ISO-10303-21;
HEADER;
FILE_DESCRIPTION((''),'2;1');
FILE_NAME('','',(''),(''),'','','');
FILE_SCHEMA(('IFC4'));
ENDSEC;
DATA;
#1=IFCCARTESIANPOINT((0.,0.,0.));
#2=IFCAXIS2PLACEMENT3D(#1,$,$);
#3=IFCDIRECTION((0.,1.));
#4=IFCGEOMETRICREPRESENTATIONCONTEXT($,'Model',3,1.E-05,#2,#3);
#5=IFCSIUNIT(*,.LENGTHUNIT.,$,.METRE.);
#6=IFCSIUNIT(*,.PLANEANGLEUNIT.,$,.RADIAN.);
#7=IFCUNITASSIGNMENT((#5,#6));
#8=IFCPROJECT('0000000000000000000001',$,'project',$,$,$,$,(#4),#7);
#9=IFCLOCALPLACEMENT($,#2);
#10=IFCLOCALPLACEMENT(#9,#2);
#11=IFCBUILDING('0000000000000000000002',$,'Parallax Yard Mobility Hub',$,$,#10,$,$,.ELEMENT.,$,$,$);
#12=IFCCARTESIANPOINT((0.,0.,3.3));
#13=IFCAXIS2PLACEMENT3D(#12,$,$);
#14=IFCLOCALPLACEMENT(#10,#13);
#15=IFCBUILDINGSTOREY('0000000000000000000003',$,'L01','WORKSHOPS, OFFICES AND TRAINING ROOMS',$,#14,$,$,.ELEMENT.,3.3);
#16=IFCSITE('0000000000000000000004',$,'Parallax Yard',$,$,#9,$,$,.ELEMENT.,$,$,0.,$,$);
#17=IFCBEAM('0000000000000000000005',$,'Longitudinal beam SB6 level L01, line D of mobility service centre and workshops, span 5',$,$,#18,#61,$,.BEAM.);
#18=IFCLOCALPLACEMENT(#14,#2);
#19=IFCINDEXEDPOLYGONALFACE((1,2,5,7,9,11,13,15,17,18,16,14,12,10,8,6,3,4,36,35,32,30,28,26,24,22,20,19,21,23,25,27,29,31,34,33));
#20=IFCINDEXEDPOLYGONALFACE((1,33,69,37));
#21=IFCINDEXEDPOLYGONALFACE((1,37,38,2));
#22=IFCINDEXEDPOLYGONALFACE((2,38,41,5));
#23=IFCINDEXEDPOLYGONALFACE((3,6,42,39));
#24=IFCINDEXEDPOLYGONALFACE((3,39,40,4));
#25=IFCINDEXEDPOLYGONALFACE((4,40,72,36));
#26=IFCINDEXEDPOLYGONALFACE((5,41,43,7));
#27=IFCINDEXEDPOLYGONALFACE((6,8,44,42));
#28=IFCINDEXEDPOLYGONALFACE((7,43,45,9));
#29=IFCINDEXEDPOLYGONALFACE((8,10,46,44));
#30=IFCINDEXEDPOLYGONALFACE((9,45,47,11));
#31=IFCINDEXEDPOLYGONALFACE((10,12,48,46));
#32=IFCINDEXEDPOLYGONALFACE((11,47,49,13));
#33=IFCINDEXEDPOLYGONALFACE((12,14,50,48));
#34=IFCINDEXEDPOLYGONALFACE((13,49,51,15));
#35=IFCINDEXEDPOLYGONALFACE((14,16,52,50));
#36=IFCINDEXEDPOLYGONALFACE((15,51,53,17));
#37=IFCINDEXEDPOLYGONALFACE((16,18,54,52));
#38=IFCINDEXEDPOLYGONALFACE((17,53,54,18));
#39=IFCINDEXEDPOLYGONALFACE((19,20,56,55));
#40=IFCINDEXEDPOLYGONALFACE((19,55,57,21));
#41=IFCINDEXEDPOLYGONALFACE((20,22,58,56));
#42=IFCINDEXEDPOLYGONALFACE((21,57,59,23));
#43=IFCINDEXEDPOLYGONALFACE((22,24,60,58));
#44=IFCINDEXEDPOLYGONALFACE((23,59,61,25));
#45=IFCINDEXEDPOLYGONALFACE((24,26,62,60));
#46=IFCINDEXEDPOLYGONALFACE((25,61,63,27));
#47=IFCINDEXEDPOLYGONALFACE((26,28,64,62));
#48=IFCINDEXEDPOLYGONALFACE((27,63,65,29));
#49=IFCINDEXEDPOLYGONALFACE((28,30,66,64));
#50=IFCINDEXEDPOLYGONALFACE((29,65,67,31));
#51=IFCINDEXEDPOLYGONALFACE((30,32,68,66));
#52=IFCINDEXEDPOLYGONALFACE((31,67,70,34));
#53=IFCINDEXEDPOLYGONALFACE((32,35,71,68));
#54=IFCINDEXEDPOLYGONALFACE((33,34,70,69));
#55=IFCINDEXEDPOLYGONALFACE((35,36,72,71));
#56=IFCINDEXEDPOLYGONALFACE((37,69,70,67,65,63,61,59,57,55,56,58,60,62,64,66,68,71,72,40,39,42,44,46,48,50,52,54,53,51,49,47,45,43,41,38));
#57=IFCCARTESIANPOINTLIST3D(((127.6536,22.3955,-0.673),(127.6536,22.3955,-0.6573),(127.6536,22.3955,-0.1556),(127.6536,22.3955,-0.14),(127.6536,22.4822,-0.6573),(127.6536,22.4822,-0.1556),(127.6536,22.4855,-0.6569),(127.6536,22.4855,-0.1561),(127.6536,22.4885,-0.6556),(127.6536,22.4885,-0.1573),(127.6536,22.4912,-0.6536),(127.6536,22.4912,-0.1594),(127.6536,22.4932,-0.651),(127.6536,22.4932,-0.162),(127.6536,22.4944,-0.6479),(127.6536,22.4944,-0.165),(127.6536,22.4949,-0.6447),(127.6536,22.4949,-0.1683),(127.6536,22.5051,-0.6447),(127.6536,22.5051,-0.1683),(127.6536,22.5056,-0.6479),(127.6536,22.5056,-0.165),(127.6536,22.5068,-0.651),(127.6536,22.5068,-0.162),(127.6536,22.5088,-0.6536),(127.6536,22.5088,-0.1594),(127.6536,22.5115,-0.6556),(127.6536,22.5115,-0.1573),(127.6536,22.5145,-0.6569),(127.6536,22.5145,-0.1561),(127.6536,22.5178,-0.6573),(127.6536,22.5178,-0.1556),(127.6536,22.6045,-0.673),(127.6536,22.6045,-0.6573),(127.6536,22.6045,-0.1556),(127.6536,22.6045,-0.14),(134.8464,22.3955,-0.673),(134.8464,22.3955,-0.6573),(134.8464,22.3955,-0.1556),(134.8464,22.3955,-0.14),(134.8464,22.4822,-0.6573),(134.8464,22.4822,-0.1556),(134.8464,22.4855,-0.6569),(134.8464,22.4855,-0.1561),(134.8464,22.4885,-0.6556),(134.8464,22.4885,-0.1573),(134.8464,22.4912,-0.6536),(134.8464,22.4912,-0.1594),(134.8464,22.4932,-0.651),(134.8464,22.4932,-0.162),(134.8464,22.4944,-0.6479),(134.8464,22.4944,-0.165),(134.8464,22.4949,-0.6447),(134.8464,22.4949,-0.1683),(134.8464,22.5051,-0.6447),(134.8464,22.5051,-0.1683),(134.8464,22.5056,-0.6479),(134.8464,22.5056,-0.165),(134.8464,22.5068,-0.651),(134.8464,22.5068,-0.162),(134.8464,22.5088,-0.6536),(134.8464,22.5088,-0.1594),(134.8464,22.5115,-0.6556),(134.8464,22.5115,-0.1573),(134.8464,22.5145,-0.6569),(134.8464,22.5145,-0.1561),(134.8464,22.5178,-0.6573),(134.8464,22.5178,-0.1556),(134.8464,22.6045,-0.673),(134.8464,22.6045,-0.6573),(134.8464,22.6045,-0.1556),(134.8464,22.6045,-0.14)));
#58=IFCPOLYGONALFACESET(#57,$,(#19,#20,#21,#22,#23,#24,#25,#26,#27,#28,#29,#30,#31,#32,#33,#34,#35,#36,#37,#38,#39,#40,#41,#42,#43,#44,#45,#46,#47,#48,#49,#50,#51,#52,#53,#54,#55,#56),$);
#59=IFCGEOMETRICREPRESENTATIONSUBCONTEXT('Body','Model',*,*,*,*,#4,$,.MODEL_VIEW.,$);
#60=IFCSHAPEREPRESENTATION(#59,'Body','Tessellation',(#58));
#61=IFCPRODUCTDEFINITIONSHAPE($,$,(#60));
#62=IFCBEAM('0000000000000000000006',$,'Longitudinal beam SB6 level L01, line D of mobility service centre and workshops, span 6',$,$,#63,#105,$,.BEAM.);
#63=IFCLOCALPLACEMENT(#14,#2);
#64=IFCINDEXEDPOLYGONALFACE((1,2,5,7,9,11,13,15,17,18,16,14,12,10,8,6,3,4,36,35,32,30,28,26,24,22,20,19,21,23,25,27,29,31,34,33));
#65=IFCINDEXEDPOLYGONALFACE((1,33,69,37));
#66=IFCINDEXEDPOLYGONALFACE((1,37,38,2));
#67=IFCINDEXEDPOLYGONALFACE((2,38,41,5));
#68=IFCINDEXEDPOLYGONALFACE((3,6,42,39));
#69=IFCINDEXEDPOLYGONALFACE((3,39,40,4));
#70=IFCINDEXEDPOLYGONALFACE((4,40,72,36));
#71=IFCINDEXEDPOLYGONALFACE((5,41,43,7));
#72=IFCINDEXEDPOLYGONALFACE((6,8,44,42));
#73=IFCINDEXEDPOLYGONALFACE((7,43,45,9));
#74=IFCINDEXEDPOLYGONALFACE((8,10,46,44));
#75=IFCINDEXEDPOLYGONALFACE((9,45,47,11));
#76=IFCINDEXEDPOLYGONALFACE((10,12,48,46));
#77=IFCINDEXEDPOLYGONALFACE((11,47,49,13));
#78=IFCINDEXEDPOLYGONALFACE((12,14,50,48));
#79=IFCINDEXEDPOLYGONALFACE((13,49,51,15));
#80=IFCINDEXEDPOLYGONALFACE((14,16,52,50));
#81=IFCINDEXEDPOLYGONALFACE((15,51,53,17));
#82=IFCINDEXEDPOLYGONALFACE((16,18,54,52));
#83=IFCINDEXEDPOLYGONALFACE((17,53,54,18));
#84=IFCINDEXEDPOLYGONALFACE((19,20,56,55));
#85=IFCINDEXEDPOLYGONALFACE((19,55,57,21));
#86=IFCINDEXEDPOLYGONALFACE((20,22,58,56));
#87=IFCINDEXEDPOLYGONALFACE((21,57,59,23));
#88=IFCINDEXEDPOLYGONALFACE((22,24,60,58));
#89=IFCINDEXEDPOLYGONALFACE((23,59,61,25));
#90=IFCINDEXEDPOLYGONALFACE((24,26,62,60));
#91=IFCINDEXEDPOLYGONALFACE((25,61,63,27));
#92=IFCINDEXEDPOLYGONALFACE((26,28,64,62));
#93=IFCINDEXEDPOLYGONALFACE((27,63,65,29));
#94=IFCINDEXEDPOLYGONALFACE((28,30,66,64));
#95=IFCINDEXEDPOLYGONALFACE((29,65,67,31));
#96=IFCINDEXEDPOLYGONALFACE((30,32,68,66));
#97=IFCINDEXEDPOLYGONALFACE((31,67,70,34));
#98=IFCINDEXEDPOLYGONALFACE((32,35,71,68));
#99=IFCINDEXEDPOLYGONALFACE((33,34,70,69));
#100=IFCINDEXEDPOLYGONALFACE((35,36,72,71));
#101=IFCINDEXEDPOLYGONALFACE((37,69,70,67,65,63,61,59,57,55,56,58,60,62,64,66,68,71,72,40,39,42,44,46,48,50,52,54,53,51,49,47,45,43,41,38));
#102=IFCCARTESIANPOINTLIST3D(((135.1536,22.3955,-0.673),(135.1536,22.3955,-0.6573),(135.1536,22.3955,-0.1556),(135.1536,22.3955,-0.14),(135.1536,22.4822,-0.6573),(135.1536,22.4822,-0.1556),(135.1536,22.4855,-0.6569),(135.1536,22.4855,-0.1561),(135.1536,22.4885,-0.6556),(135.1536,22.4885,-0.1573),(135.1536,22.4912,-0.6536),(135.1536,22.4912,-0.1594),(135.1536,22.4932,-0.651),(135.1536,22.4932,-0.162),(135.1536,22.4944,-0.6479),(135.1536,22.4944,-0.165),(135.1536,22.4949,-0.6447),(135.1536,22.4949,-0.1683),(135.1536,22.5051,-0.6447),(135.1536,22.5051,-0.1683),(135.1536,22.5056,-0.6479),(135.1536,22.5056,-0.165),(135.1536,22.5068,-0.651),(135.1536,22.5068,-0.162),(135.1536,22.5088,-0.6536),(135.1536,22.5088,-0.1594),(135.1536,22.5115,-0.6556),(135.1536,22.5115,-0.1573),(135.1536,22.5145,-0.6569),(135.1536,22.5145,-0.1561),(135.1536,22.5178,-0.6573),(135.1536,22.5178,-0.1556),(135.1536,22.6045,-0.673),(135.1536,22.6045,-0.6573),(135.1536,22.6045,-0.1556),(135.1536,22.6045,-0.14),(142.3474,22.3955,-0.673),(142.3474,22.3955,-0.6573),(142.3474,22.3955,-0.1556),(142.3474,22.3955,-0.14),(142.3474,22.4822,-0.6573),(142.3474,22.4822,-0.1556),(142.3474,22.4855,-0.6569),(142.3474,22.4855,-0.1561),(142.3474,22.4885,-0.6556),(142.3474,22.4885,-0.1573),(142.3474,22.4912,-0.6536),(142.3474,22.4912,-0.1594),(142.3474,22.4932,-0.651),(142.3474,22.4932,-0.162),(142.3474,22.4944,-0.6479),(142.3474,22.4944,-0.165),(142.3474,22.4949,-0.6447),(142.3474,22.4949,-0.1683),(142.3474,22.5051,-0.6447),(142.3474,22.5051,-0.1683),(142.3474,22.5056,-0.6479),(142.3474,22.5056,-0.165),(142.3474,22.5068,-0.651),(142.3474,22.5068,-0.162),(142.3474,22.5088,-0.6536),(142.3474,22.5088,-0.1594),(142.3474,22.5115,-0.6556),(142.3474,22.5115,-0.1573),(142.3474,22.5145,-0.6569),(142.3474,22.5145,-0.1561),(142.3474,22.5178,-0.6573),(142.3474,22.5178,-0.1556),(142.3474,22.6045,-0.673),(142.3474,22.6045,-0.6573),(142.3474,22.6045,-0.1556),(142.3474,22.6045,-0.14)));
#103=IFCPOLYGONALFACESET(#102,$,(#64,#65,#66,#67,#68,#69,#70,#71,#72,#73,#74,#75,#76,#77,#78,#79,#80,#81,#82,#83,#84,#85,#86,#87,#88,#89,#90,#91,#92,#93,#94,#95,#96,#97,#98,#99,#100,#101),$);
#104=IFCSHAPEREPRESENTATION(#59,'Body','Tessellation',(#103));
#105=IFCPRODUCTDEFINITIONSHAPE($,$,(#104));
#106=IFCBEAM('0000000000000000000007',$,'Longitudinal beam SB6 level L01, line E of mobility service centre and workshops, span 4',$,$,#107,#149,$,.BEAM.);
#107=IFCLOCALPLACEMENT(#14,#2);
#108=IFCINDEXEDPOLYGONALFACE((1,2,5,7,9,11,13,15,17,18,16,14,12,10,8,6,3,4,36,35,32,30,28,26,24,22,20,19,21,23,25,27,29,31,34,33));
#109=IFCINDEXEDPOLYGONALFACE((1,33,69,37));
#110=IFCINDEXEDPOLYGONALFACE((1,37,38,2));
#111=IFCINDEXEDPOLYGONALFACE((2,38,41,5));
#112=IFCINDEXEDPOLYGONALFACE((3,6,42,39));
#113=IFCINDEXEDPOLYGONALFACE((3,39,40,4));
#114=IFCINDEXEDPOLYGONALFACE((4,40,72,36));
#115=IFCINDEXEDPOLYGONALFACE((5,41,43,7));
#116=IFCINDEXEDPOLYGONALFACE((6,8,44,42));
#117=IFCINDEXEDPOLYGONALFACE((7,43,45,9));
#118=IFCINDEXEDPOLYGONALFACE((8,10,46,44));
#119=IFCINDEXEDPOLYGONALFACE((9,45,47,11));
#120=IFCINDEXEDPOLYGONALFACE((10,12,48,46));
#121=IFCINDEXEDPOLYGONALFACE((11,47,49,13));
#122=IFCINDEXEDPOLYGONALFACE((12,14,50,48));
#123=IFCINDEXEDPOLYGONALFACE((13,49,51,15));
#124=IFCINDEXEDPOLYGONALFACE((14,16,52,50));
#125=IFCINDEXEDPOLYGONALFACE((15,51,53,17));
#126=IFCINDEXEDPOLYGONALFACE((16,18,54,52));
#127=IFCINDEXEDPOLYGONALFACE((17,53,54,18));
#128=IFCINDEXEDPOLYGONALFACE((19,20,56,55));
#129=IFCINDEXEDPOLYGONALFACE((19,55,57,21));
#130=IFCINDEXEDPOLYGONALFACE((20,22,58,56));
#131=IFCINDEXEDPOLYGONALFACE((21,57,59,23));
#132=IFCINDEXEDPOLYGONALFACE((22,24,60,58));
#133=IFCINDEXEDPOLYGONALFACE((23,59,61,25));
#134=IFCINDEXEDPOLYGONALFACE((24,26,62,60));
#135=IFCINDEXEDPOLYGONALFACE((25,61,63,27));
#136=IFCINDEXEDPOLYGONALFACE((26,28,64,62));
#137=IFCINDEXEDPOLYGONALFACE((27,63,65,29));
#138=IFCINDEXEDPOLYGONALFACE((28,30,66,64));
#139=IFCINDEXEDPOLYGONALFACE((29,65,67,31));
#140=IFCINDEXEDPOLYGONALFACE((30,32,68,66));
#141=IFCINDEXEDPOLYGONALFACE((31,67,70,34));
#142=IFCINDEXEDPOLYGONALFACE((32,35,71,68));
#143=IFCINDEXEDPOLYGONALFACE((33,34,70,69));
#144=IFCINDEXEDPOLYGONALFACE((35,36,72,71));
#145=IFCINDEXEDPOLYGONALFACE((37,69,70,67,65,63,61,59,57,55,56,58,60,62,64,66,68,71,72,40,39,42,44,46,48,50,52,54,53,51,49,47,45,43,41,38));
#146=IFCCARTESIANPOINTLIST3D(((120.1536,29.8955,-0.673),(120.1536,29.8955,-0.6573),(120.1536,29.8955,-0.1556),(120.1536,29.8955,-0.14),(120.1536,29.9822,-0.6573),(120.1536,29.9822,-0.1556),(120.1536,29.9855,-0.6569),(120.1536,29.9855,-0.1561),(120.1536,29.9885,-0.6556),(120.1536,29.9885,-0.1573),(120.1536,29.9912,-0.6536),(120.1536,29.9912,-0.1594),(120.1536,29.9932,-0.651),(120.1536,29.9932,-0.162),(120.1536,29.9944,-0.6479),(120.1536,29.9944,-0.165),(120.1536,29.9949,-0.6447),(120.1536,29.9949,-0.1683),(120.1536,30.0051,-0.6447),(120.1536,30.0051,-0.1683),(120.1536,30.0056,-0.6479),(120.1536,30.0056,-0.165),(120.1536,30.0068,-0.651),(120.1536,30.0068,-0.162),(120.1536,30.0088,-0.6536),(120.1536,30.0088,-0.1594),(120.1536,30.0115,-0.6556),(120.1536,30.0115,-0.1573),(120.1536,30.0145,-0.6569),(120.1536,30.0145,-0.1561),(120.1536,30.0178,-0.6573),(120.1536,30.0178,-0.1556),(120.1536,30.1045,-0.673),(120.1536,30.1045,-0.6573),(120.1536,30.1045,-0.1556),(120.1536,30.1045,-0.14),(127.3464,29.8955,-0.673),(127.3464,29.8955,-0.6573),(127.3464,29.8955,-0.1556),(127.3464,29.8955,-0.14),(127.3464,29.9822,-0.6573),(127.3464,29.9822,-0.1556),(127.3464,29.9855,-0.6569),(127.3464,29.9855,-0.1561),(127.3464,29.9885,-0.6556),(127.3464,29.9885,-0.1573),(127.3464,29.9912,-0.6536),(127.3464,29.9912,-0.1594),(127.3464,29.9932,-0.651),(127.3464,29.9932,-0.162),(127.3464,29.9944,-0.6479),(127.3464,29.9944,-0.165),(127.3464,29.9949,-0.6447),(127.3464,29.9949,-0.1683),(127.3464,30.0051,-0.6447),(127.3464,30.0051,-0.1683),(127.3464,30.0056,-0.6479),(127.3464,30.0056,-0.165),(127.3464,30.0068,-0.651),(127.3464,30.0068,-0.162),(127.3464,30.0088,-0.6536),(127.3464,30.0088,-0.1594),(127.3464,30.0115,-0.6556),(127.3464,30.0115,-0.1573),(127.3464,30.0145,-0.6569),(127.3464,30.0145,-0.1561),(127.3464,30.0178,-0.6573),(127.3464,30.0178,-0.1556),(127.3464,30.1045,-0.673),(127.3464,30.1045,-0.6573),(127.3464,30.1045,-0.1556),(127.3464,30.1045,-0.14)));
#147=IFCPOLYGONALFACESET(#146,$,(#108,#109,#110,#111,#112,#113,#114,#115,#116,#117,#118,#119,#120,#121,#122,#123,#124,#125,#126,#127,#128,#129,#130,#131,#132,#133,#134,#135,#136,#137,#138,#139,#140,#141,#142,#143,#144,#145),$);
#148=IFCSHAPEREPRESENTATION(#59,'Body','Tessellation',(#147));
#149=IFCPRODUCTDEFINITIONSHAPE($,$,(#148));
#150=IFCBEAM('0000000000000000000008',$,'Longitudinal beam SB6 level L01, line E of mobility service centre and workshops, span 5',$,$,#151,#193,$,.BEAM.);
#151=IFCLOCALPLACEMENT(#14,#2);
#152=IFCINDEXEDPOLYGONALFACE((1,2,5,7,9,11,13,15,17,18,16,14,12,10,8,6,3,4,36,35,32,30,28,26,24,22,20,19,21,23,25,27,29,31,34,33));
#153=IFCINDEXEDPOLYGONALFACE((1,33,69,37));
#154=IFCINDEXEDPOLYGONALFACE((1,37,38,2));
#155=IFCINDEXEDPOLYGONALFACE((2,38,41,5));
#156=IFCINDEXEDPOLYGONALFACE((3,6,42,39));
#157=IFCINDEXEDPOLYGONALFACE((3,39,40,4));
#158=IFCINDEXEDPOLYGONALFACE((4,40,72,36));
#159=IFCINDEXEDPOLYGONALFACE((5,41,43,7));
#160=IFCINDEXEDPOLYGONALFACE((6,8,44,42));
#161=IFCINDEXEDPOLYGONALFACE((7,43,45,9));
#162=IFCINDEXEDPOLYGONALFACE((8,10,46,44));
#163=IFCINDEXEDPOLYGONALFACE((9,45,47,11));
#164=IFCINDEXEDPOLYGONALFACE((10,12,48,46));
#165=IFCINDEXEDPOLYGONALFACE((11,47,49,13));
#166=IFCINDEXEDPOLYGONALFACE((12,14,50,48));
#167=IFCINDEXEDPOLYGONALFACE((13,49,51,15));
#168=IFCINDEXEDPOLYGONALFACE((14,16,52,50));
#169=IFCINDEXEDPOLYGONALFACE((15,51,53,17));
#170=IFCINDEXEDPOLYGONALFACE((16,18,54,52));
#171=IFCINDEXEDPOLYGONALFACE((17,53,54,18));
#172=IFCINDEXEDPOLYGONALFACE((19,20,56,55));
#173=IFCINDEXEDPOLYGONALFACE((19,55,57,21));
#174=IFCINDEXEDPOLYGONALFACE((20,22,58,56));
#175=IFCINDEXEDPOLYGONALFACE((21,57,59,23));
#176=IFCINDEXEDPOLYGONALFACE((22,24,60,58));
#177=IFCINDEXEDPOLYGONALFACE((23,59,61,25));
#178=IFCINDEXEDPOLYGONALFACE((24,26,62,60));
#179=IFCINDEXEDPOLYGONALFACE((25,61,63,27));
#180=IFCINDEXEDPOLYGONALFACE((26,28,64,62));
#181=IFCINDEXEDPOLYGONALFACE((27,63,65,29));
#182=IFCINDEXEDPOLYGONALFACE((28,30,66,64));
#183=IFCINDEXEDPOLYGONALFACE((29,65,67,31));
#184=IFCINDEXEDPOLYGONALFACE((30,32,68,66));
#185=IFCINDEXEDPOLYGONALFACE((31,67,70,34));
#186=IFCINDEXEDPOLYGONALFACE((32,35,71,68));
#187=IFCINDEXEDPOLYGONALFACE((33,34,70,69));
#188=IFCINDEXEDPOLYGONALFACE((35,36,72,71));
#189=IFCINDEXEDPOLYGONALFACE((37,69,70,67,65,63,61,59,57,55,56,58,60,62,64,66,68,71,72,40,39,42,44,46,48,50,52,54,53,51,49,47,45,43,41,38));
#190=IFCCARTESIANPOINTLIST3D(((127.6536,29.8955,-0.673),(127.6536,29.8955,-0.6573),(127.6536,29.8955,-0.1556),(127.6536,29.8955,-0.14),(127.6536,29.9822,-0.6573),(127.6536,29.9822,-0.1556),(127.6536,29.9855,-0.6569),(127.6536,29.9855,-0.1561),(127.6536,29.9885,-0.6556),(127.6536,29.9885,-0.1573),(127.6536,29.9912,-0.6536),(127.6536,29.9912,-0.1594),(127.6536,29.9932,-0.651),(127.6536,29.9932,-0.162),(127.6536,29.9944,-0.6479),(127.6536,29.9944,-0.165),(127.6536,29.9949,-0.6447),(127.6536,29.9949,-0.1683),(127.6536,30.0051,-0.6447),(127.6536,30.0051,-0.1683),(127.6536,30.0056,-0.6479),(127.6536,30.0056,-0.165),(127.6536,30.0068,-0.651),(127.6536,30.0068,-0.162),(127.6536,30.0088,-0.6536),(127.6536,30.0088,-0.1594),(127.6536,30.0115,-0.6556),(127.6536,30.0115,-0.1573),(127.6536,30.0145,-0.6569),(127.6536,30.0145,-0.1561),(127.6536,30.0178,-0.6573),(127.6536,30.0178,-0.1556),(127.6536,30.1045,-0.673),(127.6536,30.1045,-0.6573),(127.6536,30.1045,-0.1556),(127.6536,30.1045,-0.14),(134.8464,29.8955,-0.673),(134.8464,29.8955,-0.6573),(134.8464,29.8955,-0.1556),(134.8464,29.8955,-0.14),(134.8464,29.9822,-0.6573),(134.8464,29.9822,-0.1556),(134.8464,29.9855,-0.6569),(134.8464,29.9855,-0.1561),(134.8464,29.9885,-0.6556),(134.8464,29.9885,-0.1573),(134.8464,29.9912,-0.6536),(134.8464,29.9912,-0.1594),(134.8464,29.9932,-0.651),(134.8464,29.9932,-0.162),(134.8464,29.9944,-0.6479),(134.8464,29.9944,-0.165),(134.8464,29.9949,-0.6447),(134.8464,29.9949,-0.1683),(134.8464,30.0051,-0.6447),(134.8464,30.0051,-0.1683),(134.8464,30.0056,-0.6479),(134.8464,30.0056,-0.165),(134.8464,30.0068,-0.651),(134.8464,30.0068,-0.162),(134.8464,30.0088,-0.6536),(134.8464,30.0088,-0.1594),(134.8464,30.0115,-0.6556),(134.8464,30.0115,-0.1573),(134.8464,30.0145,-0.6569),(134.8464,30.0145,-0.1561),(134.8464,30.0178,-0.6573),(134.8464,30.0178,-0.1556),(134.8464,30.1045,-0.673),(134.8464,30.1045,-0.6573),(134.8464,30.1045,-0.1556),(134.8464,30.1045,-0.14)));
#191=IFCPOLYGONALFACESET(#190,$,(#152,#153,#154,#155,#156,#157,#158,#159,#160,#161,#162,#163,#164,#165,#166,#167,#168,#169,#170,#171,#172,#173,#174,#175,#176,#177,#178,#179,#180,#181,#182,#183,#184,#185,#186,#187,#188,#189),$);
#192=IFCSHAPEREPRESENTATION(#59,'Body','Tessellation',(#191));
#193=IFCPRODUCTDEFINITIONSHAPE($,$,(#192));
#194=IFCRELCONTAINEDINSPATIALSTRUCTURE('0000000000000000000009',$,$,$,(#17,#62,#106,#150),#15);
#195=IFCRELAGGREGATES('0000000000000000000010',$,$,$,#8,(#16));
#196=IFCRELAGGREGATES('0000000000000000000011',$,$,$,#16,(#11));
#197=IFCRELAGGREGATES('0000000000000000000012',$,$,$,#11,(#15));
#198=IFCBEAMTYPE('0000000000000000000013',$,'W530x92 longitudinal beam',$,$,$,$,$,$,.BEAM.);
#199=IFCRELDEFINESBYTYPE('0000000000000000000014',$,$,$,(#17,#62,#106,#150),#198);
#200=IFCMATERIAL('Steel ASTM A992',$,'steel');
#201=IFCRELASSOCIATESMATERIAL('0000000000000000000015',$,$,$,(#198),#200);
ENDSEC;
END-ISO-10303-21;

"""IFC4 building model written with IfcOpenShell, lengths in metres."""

from ifc_helpers import new_model, si_unit, direction, frame, origin, origin_2d, place, context, subcontext, project, spatial, i_section, extrude, material, material_profile, profile_set, type_object, element, save


model = new_model("IFC4")

# Units and contexts
model_context = context("Model", 3, precision=1e-05, world=origin(), true_north=direction((0.0, 1.0)))
body_context = subcontext(model_context, "Body", "Model", "MODEL_VIEW")
ifc_project = project(units=[si_unit("LENGTHUNIT", "METRE"), si_unit("PLANEANGLEUNIT", "RADIAN")], contexts=[model_context])

# Site, building, storey
site_placement = place(None, origin())
site = spatial("IfcSite", under=ifc_project, at=site_placement, Name="Parallax Yard", CompositionType="ELEMENT", RefElevation=0.0)
building_placement = place(site_placement, origin())
building = spatial("IfcBuilding", under=site, at=building_placement, Name="Parallax Yard Mobility Hub", CompositionType="ELEMENT")
storey_placement = place(building_placement, frame((0.0, 0.0, 3.3)))
storey = spatial("IfcBuildingStorey", under=building, at=storey_placement, Name="L01", Description="WORKSHOPS, OFFICES AND TRAINING ROOMS", CompositionType="ELEMENT", Elevation=3.3)

# Shared definitions
ifc_material_1 = material(Name="Steel ASTM A992", Category="steel")

# Beams
ifc_material_profile_1 = material_profile(ifc_material_1, i_section(OverallWidth=0.209, OverallDepth=0.533, WebThickness=0.0103, FlangeThickness=0.0156, FilletRadius=0.0127, at=origin_2d()), Name="W530x92")
ifc_profile_set_1 = profile_set([ifc_material_profile_1], Name="Steel ASTM A992")
beam_type_1 = type_object("IfcBeamType", Name="W530x92 longitudinal beam", PredefinedType="BEAM", material=ifc_profile_set_1)
for number, where, z_axis, x_axis, name in (
    (1, (127.6536, 22.5, -0.4065), (1.0, 0.0, 0.0), (0.0, 1.0, 0.0), "Longitudinal beam SB6 level L01, line D of mobility service centre and workshops, span 5"),
):
    element("IfcBeam", number, at=place(storey_placement, frame(where, z_axis=z_axis, x_axis=x_axis)), inside=storey, type_object=beam_type_1, Name=name, PredefinedType="BEAM", context=body_context, shape_type="SweptSolid", body=[
        extrude(i_section(OverallWidth=0.209, OverallDepth=0.533, WebThickness=0.0103, FlangeThickness=0.0156, FilletRadius=0.0127, at=origin_2d()), origin(), (0.0, 0.0, 1.0), 7.1929),
    ])
beam_1_placement = place(storey_placement, frame((135.1536, 22.5, -0.4065), z_axis=(1.0, 0.0, 0.0), x_axis=(0.0, 1.0, 0.0)))
element("IfcBeam", 2, at=beam_1_placement, inside=storey, type_object=beam_type_1, Name="Longitudinal beam SB6 level L01, line D of mobility service centre and workshops, span 6", PredefinedType="BEAM", context=body_context, shape_type="SweptSolid", body=[
    extrude(i_section(OverallWidth=0.209, OverallDepth=0.533, WebThickness=0.0103, FlangeThickness=0.0156, FilletRadius=0.0127, at=origin_2d()), origin(), (0.0, 0.0, 1.0), 7.1938),
])
for number, where, z_axis, x_axis, name in (
    (3, (120.1536, 30.0, -0.4065), (1.0, 0.0, 0.0), (0.0, 1.0, 0.0), "Longitudinal beam SB6 level L01, line E of mobility service centre and workshops, span 4"),
    (4, (127.6536, 30.0, -0.4065), (1.0, 0.0, 0.0), (0.0, 1.0, 0.0), "Longitudinal beam SB6 level L01, line E of mobility service centre and workshops, span 5"),
):
    element("IfcBeam", number, at=place(storey_placement, frame(where, z_axis=z_axis, x_axis=x_axis)), inside=storey, type_object=beam_type_1, Name=name, PredefinedType="BEAM", context=body_context, shape_type="SweptSolid", body=[
        extrude(i_section(OverallWidth=0.209, OverallDepth=0.533, WebThickness=0.0103, FlangeThickness=0.0156, FilletRadius=0.0127, at=origin_2d()), origin(), (0.0, 0.0, 1.0), 7.1929),
    ])

save(model, "model.ifc")
